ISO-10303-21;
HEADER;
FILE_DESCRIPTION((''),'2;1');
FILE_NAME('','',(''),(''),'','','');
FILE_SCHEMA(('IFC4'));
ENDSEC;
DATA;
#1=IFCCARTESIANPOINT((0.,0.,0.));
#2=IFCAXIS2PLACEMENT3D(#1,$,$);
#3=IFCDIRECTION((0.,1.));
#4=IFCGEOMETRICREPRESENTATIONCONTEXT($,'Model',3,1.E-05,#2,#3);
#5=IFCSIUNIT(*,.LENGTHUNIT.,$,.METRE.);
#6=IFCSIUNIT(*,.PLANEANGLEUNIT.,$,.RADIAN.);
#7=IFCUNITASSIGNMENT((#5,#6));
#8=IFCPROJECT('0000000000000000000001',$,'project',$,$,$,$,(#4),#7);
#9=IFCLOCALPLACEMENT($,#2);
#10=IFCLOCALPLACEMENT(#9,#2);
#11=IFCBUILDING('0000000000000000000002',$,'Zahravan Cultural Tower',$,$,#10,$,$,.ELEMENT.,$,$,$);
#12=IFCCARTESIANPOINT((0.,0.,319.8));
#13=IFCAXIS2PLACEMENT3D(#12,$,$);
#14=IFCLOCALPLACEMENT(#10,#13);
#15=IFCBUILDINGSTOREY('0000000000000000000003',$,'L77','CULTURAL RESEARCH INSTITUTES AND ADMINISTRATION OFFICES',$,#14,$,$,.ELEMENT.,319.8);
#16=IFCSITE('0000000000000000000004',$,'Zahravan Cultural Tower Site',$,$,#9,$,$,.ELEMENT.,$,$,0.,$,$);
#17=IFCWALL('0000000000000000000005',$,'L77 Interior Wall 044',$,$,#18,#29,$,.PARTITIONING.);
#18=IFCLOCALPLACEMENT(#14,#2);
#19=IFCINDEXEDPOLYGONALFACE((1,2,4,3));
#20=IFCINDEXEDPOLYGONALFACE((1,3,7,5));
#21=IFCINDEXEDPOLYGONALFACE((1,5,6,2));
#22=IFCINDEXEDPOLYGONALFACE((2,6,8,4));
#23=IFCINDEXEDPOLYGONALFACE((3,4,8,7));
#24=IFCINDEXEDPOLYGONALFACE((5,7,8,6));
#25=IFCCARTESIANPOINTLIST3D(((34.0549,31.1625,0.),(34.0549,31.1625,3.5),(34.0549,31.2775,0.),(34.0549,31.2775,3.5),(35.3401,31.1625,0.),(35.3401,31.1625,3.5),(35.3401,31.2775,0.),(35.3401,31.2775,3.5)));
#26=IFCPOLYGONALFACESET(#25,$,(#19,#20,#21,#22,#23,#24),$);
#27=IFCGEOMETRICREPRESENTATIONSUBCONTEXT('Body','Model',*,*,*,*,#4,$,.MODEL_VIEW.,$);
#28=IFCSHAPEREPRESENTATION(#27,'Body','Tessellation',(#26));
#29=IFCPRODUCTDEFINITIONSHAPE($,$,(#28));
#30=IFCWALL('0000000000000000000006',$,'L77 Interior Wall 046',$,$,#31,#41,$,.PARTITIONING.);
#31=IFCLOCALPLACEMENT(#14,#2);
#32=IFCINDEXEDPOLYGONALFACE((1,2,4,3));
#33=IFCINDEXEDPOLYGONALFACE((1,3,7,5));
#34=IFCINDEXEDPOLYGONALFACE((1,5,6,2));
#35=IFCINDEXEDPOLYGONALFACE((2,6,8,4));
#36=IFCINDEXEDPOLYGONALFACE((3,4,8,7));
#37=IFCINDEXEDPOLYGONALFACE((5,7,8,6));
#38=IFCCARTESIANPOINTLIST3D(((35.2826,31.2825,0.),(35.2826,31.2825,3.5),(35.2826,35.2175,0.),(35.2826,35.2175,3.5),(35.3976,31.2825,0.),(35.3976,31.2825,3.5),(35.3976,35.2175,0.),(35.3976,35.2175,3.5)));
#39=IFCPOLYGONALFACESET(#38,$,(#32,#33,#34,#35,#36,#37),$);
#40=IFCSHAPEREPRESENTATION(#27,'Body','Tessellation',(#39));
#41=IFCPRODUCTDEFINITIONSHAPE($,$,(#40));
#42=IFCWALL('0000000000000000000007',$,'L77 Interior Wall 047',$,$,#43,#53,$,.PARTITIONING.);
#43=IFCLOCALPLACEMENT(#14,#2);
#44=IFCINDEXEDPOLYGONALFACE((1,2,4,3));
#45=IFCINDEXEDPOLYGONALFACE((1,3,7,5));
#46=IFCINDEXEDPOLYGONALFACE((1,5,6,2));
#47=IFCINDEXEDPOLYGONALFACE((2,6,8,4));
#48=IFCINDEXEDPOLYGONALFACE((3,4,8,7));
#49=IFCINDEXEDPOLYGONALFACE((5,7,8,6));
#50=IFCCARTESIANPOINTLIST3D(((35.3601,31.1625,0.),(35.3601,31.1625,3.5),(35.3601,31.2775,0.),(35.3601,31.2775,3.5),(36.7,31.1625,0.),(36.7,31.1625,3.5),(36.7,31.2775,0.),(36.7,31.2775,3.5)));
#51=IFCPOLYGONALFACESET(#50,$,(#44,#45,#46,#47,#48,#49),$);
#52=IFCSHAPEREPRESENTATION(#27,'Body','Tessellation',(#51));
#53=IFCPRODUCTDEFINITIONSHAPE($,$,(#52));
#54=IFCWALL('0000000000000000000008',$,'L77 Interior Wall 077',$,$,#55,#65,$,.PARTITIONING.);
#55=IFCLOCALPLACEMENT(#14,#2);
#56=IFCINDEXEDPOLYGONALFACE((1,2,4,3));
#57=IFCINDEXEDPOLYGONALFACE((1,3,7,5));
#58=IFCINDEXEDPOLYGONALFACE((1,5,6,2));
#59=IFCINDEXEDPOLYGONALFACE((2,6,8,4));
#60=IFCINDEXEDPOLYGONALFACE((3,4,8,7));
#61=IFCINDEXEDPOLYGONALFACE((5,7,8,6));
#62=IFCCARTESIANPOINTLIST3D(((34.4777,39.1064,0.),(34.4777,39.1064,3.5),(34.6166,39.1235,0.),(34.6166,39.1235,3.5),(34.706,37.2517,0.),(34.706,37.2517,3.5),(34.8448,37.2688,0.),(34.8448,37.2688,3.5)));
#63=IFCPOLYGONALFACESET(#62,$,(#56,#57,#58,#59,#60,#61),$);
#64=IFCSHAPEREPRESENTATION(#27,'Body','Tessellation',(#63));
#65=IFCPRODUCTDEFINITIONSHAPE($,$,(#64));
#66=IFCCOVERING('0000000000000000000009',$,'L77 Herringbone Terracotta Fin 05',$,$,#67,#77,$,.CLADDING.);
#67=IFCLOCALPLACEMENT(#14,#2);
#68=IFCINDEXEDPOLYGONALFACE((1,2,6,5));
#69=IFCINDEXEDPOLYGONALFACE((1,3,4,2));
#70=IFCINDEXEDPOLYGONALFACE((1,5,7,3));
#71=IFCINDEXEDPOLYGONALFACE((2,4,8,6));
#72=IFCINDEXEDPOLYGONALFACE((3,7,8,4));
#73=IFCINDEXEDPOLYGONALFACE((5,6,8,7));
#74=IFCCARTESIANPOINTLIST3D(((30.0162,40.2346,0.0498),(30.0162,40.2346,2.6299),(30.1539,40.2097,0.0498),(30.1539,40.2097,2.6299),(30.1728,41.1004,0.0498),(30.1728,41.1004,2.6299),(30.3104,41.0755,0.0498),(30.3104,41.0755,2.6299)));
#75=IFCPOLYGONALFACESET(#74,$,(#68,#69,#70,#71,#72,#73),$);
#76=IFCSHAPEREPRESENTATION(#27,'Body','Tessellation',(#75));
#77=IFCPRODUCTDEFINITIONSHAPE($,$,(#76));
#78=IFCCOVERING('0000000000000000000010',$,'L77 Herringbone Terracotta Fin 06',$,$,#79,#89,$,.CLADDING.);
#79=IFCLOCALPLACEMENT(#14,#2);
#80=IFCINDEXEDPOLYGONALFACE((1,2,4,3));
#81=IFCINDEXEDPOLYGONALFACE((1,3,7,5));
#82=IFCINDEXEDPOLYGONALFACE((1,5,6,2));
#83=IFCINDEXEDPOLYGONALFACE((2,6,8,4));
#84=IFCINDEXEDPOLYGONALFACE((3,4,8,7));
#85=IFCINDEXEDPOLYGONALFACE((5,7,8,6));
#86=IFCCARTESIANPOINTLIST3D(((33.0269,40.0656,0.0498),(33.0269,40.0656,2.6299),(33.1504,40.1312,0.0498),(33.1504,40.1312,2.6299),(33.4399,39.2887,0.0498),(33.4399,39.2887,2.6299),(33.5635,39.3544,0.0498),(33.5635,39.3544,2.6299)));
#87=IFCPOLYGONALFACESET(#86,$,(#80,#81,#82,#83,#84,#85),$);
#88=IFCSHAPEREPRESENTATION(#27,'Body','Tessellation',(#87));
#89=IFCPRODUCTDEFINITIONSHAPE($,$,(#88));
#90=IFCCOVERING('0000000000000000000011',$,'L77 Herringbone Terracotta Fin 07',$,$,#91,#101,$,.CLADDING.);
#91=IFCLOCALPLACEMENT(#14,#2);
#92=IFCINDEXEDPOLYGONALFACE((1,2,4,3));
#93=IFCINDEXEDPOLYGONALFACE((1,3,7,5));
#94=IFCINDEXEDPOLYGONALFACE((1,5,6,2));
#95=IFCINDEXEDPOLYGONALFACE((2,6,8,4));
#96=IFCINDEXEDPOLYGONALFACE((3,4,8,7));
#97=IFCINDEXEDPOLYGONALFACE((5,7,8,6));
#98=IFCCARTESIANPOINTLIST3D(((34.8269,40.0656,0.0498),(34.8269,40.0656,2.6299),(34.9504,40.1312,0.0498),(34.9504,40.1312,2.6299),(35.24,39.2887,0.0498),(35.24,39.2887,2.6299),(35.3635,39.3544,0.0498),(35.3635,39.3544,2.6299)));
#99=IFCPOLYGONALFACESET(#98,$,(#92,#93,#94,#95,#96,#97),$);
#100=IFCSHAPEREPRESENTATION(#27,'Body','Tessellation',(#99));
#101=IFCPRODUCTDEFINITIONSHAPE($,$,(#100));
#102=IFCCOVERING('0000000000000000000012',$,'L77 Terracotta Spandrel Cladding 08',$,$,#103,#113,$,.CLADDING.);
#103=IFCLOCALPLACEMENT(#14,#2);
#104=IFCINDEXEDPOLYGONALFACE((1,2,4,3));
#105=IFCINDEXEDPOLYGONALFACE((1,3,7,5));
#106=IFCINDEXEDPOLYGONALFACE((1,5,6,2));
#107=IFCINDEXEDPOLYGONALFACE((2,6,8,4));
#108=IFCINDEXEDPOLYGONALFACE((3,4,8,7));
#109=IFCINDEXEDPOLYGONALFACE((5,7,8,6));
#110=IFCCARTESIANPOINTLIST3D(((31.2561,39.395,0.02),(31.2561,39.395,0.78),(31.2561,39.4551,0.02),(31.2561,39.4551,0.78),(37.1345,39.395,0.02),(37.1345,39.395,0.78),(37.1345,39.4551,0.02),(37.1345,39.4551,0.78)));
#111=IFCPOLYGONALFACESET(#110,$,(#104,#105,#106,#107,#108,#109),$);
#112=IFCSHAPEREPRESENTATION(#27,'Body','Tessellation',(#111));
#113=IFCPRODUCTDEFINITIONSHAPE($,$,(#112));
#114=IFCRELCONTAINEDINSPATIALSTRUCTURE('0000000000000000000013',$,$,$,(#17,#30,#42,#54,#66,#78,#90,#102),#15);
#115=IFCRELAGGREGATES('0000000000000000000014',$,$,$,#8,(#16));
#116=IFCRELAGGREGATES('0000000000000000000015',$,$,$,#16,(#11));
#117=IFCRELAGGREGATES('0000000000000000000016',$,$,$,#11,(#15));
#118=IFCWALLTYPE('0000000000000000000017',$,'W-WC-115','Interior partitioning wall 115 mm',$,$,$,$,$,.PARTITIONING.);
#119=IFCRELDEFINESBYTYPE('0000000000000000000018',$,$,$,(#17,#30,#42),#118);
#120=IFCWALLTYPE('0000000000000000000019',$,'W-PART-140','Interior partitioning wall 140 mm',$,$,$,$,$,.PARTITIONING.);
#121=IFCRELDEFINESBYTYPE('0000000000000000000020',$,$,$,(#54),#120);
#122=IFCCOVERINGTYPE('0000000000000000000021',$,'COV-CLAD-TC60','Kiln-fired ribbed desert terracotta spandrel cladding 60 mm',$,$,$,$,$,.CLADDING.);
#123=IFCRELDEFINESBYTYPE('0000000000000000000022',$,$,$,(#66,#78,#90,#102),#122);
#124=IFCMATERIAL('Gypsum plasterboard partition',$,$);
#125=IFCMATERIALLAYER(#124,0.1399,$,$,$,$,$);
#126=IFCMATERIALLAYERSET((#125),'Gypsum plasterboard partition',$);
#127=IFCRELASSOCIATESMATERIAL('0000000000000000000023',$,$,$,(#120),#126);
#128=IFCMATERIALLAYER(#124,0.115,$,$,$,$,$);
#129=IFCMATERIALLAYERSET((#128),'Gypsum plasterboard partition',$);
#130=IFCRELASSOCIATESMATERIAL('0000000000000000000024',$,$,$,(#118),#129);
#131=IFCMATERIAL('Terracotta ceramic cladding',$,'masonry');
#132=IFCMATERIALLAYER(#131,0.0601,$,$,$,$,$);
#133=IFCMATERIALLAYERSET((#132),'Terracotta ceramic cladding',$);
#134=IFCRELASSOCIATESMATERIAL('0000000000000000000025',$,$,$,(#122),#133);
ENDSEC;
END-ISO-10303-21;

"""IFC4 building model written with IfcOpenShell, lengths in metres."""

from ifc_helpers import new_model, si_unit, direction, frame, frame_2d, origin, origin_2d, place, context, subcontext, project, spatial, rectangle, extrude, source, transform, mapped, material, layer, layer_set, type_object, element, save


model = new_model("IFC4")

# Units and contexts
model_context = context("Model", 3, precision=1e-05, world=origin(), true_north=direction((0.0, 1.0)))
body_context = subcontext(model_context, "Body", "Model", "MODEL_VIEW")
ifc_project = project(units=[si_unit("LENGTHUNIT", "METRE"), si_unit("PLANEANGLEUNIT", "RADIAN")], contexts=[model_context])

# Site, building, storey
site_placement = place(None, origin())
site = spatial("IfcSite", under=ifc_project, at=site_placement, Name="Zahravan Cultural Tower Site", CompositionType="ELEMENT", RefElevation=0.0)
building_placement = place(site_placement, origin())
building = spatial("IfcBuilding", under=site, at=building_placement, Name="Zahravan Cultural Tower", CompositionType="ELEMENT")
storey_placement = place(building_placement, frame((0.0, 0.0, 319.8)))
storey = spatial("IfcBuildingStorey", under=building, at=storey_placement, Name="L77", Description="CULTURAL RESEARCH INSTITUTES AND ADMINISTRATION OFFICES", CompositionType="ELEMENT", Elevation=319.8)

# Shared definitions
ifc_material_1 = material(Name="Gypsum plasterboard partition")
ifc_layer_1 = layer(ifc_material_1, 0.1399)
ifc_layer_set_1 = layer_set([ifc_layer_1], Name="Gypsum plasterboard partition")
wall_type_1 = type_object("IfcWallType", Name="W-PART-140", Description="Interior partitioning wall 140 mm", PredefinedType="PARTITIONING", material=ifc_layer_set_1)
ifc_layer_2 = layer(ifc_material_1, 0.115)
ifc_layer_set_2 = layer_set([ifc_layer_2], Name="Gypsum plasterboard partition")
wall_type_2 = type_object("IfcWallType", Name="W-WC-115", Description="Interior partitioning wall 115 mm", PredefinedType="PARTITIONING", material=ifc_layer_set_2)

# Walls
shared_shape_1 = source(origin(), body_context, "Body", "SweptSolid", [
    extrude(rectangle(XDim=1.2852, YDim=0.115, at=frame_2d((0.6426, 0.0))), origin(), (0.0, 0.0, 1.0), 3.5),
])
wall_1_placement = place(storey_placement, frame((35.3401, 31.22, 0.0), z_axis=(0.0, 0.0, 1.0), x_axis=(-1.0, 0.0, 0.0)))
element("IfcWall", 1, at=wall_1_placement, inside=storey, type_object=wall_type_2, Name="L77 Interior Wall 044", PredefinedType="PARTITIONING", context=body_context, shape_type="MappedRepresentation", body=[
    mapped(shared_shape_1, transform((0.0, 0.0, 0.0), x_axis=(1.0, 0.0, 0.0), y_axis=(0.0, 1.0, 0.0), z_axis=(0.0, 0.0, 1.0), scale=1.0)),
])
shared_shape_2 = source(origin(), body_context, "Body", "SweptSolid", [
    extrude(rectangle(XDim=3.9351, YDim=0.115, at=frame_2d((1.9675, 0.0))), origin(), (0.0, 0.0, 1.0), 3.5),
])
wall_2_placement = place(storey_placement, frame((35.3401, 35.2175, 0.0), z_axis=(0.0, 0.0, 1.0), x_axis=(0.0, -1.0, 0.0)))
element("IfcWall", 2, at=wall_2_placement, inside=storey, type_object=wall_type_2, Name="L77 Interior Wall 046", PredefinedType="PARTITIONING", context=body_context, shape_type="MappedRepresentation", body=[
    mapped(shared_shape_2, transform((0.0, 0.0, 0.0), x_axis=(1.0, 0.0, 0.0), y_axis=(0.0, 1.0, 0.0), z_axis=(0.0, 0.0, 1.0), scale=1.0)),
])
shared_shape_3 = source(origin(), body_context, "Body", "SweptSolid", [
    extrude(rectangle(XDim=1.3398, YDim=0.115, at=frame_2d((0.6699, 0.0))), origin(), (0.0, 0.0, 1.0), 3.5),
])
wall_3_placement = place(storey_placement, frame((36.7, 31.22, 0.0), z_axis=(0.0, 0.0, 1.0), x_axis=(-1.0, 0.0, 0.0)))
element("IfcWall", 3, at=wall_3_placement, inside=storey, type_object=wall_type_2, Name="L77 Interior Wall 047", PredefinedType="PARTITIONING", context=body_context, shape_type="MappedRepresentation", body=[
    mapped(shared_shape_3, transform((0.0, 0.0, 0.0), x_axis=(1.0, 0.0, 0.0), y_axis=(0.0, 1.0, 0.0), z_axis=(0.0, 0.0, 1.0), scale=1.0)),
])
shared_shape_4 = source(origin(), body_context, "Body", "SweptSolid", [
    extrude(rectangle(XDim=1.8687, YDim=0.1399, at=frame_2d((0.9343, 0.0))), origin(), (0.0, 0.0, 1.0), 3.5),
])
wall_4_placement = place(storey_placement, frame((34.7754, 37.2603, 0.0), z_axis=(0.0, 0.0, 1.0), x_axis=(-0.122153, 0.992511, 0.0)))
element("IfcWall", 4, at=wall_4_placement, inside=storey, type_object=wall_type_1, Name="L77 Interior Wall 077", PredefinedType="PARTITIONING", context=body_context, shape_type="MappedRepresentation", body=[
    mapped(shared_shape_4, transform((0.0, 0.0, 0.0), x_axis=(1.0, 0.0, 0.0), y_axis=(0.0, 1.0, 0.0), z_axis=(0.0, 0.0, 1.0), scale=1.0)),
])

# Coverings
ifc_material_2 = material(Name="Terracotta ceramic cladding", Category="masonry")
ifc_layer_3 = layer(ifc_material_2, 0.0601)
ifc_layer_set_3 = layer_set([ifc_layer_3], Name="Terracotta ceramic cladding")
covering_type = type_object("IfcCoveringType", Name="COV-CLAD-TC60", Description="Kiln-fired ribbed desert terracotta spandrel cladding 60 mm", PredefinedType="CLADDING", material=ifc_layer_set_3)
shared_shape_5 = source(origin(), body_context, "Body", "SweptSolid", [
    extrude(rectangle(XDim=0.8799, YDim=0.1399, at=origin_2d()), origin(), (0.0, 0.0, 1.0), 2.5801),
])
for number, where, z_axis, x_axis, name in (
    (5, (30.1633, 40.655, 0.0498), (0.0, 0.0, 1.0), (0.177944, 0.984041, 0.0), "L77 Herringbone Terracotta Fin 05"),
    (6, (33.2952, 39.71, 0.0498), (0.0, 0.0, 1.0), (-0.469472, 0.882948, 0.0), "L77 Herringbone Terracotta Fin 06"),
    (7, (35.0952, 39.71, 0.0498), (0.0, 0.0, 1.0), (-0.469472, 0.882948, 0.0), "L77 Herringbone Terracotta Fin 07"),
):
    element("IfcCovering", number, at=place(storey_placement, frame(where, z_axis=z_axis, x_axis=x_axis)), inside=storey, type_object=covering_type, Name=name, PredefinedType="CLADDING", context=body_context, shape_type="MappedRepresentation", body=[
        mapped(shared_shape_5, transform((0.0, 0.0, 0.0), x_axis=(1.0, 0.0, 0.0), y_axis=(0.0, 1.0, 0.0), z_axis=(0.0, 0.0, 1.0), scale=1.0)),
    ])
shared_shape_6 = source(origin(), body_context, "Body", "SweptSolid", [
    extrude(rectangle(XDim=5.8784, YDim=0.0601, at=origin_2d()), origin(), (0.0, 0.0, 1.0), 0.76),
])
covering_placement = place(storey_placement, frame((34.1953, 39.425, 0.02), z_axis=(0.0, 0.0, 1.0), x_axis=(1.0, 0.0, 0.0)))
element("IfcCovering", 8, at=covering_placement, inside=storey, type_object=covering_type, Name="L77 Terracotta Spandrel Cladding 08", PredefinedType="CLADDING", context=body_context, shape_type="MappedRepresentation", body=[
    mapped(shared_shape_6, transform((0.0, 0.0, 0.0), x_axis=(1.0, 0.0, 0.0), y_axis=(0.0, 1.0, 0.0), z_axis=(0.0, 0.0, 1.0), scale=1.0)),
])

save(model, "model.ifc")
